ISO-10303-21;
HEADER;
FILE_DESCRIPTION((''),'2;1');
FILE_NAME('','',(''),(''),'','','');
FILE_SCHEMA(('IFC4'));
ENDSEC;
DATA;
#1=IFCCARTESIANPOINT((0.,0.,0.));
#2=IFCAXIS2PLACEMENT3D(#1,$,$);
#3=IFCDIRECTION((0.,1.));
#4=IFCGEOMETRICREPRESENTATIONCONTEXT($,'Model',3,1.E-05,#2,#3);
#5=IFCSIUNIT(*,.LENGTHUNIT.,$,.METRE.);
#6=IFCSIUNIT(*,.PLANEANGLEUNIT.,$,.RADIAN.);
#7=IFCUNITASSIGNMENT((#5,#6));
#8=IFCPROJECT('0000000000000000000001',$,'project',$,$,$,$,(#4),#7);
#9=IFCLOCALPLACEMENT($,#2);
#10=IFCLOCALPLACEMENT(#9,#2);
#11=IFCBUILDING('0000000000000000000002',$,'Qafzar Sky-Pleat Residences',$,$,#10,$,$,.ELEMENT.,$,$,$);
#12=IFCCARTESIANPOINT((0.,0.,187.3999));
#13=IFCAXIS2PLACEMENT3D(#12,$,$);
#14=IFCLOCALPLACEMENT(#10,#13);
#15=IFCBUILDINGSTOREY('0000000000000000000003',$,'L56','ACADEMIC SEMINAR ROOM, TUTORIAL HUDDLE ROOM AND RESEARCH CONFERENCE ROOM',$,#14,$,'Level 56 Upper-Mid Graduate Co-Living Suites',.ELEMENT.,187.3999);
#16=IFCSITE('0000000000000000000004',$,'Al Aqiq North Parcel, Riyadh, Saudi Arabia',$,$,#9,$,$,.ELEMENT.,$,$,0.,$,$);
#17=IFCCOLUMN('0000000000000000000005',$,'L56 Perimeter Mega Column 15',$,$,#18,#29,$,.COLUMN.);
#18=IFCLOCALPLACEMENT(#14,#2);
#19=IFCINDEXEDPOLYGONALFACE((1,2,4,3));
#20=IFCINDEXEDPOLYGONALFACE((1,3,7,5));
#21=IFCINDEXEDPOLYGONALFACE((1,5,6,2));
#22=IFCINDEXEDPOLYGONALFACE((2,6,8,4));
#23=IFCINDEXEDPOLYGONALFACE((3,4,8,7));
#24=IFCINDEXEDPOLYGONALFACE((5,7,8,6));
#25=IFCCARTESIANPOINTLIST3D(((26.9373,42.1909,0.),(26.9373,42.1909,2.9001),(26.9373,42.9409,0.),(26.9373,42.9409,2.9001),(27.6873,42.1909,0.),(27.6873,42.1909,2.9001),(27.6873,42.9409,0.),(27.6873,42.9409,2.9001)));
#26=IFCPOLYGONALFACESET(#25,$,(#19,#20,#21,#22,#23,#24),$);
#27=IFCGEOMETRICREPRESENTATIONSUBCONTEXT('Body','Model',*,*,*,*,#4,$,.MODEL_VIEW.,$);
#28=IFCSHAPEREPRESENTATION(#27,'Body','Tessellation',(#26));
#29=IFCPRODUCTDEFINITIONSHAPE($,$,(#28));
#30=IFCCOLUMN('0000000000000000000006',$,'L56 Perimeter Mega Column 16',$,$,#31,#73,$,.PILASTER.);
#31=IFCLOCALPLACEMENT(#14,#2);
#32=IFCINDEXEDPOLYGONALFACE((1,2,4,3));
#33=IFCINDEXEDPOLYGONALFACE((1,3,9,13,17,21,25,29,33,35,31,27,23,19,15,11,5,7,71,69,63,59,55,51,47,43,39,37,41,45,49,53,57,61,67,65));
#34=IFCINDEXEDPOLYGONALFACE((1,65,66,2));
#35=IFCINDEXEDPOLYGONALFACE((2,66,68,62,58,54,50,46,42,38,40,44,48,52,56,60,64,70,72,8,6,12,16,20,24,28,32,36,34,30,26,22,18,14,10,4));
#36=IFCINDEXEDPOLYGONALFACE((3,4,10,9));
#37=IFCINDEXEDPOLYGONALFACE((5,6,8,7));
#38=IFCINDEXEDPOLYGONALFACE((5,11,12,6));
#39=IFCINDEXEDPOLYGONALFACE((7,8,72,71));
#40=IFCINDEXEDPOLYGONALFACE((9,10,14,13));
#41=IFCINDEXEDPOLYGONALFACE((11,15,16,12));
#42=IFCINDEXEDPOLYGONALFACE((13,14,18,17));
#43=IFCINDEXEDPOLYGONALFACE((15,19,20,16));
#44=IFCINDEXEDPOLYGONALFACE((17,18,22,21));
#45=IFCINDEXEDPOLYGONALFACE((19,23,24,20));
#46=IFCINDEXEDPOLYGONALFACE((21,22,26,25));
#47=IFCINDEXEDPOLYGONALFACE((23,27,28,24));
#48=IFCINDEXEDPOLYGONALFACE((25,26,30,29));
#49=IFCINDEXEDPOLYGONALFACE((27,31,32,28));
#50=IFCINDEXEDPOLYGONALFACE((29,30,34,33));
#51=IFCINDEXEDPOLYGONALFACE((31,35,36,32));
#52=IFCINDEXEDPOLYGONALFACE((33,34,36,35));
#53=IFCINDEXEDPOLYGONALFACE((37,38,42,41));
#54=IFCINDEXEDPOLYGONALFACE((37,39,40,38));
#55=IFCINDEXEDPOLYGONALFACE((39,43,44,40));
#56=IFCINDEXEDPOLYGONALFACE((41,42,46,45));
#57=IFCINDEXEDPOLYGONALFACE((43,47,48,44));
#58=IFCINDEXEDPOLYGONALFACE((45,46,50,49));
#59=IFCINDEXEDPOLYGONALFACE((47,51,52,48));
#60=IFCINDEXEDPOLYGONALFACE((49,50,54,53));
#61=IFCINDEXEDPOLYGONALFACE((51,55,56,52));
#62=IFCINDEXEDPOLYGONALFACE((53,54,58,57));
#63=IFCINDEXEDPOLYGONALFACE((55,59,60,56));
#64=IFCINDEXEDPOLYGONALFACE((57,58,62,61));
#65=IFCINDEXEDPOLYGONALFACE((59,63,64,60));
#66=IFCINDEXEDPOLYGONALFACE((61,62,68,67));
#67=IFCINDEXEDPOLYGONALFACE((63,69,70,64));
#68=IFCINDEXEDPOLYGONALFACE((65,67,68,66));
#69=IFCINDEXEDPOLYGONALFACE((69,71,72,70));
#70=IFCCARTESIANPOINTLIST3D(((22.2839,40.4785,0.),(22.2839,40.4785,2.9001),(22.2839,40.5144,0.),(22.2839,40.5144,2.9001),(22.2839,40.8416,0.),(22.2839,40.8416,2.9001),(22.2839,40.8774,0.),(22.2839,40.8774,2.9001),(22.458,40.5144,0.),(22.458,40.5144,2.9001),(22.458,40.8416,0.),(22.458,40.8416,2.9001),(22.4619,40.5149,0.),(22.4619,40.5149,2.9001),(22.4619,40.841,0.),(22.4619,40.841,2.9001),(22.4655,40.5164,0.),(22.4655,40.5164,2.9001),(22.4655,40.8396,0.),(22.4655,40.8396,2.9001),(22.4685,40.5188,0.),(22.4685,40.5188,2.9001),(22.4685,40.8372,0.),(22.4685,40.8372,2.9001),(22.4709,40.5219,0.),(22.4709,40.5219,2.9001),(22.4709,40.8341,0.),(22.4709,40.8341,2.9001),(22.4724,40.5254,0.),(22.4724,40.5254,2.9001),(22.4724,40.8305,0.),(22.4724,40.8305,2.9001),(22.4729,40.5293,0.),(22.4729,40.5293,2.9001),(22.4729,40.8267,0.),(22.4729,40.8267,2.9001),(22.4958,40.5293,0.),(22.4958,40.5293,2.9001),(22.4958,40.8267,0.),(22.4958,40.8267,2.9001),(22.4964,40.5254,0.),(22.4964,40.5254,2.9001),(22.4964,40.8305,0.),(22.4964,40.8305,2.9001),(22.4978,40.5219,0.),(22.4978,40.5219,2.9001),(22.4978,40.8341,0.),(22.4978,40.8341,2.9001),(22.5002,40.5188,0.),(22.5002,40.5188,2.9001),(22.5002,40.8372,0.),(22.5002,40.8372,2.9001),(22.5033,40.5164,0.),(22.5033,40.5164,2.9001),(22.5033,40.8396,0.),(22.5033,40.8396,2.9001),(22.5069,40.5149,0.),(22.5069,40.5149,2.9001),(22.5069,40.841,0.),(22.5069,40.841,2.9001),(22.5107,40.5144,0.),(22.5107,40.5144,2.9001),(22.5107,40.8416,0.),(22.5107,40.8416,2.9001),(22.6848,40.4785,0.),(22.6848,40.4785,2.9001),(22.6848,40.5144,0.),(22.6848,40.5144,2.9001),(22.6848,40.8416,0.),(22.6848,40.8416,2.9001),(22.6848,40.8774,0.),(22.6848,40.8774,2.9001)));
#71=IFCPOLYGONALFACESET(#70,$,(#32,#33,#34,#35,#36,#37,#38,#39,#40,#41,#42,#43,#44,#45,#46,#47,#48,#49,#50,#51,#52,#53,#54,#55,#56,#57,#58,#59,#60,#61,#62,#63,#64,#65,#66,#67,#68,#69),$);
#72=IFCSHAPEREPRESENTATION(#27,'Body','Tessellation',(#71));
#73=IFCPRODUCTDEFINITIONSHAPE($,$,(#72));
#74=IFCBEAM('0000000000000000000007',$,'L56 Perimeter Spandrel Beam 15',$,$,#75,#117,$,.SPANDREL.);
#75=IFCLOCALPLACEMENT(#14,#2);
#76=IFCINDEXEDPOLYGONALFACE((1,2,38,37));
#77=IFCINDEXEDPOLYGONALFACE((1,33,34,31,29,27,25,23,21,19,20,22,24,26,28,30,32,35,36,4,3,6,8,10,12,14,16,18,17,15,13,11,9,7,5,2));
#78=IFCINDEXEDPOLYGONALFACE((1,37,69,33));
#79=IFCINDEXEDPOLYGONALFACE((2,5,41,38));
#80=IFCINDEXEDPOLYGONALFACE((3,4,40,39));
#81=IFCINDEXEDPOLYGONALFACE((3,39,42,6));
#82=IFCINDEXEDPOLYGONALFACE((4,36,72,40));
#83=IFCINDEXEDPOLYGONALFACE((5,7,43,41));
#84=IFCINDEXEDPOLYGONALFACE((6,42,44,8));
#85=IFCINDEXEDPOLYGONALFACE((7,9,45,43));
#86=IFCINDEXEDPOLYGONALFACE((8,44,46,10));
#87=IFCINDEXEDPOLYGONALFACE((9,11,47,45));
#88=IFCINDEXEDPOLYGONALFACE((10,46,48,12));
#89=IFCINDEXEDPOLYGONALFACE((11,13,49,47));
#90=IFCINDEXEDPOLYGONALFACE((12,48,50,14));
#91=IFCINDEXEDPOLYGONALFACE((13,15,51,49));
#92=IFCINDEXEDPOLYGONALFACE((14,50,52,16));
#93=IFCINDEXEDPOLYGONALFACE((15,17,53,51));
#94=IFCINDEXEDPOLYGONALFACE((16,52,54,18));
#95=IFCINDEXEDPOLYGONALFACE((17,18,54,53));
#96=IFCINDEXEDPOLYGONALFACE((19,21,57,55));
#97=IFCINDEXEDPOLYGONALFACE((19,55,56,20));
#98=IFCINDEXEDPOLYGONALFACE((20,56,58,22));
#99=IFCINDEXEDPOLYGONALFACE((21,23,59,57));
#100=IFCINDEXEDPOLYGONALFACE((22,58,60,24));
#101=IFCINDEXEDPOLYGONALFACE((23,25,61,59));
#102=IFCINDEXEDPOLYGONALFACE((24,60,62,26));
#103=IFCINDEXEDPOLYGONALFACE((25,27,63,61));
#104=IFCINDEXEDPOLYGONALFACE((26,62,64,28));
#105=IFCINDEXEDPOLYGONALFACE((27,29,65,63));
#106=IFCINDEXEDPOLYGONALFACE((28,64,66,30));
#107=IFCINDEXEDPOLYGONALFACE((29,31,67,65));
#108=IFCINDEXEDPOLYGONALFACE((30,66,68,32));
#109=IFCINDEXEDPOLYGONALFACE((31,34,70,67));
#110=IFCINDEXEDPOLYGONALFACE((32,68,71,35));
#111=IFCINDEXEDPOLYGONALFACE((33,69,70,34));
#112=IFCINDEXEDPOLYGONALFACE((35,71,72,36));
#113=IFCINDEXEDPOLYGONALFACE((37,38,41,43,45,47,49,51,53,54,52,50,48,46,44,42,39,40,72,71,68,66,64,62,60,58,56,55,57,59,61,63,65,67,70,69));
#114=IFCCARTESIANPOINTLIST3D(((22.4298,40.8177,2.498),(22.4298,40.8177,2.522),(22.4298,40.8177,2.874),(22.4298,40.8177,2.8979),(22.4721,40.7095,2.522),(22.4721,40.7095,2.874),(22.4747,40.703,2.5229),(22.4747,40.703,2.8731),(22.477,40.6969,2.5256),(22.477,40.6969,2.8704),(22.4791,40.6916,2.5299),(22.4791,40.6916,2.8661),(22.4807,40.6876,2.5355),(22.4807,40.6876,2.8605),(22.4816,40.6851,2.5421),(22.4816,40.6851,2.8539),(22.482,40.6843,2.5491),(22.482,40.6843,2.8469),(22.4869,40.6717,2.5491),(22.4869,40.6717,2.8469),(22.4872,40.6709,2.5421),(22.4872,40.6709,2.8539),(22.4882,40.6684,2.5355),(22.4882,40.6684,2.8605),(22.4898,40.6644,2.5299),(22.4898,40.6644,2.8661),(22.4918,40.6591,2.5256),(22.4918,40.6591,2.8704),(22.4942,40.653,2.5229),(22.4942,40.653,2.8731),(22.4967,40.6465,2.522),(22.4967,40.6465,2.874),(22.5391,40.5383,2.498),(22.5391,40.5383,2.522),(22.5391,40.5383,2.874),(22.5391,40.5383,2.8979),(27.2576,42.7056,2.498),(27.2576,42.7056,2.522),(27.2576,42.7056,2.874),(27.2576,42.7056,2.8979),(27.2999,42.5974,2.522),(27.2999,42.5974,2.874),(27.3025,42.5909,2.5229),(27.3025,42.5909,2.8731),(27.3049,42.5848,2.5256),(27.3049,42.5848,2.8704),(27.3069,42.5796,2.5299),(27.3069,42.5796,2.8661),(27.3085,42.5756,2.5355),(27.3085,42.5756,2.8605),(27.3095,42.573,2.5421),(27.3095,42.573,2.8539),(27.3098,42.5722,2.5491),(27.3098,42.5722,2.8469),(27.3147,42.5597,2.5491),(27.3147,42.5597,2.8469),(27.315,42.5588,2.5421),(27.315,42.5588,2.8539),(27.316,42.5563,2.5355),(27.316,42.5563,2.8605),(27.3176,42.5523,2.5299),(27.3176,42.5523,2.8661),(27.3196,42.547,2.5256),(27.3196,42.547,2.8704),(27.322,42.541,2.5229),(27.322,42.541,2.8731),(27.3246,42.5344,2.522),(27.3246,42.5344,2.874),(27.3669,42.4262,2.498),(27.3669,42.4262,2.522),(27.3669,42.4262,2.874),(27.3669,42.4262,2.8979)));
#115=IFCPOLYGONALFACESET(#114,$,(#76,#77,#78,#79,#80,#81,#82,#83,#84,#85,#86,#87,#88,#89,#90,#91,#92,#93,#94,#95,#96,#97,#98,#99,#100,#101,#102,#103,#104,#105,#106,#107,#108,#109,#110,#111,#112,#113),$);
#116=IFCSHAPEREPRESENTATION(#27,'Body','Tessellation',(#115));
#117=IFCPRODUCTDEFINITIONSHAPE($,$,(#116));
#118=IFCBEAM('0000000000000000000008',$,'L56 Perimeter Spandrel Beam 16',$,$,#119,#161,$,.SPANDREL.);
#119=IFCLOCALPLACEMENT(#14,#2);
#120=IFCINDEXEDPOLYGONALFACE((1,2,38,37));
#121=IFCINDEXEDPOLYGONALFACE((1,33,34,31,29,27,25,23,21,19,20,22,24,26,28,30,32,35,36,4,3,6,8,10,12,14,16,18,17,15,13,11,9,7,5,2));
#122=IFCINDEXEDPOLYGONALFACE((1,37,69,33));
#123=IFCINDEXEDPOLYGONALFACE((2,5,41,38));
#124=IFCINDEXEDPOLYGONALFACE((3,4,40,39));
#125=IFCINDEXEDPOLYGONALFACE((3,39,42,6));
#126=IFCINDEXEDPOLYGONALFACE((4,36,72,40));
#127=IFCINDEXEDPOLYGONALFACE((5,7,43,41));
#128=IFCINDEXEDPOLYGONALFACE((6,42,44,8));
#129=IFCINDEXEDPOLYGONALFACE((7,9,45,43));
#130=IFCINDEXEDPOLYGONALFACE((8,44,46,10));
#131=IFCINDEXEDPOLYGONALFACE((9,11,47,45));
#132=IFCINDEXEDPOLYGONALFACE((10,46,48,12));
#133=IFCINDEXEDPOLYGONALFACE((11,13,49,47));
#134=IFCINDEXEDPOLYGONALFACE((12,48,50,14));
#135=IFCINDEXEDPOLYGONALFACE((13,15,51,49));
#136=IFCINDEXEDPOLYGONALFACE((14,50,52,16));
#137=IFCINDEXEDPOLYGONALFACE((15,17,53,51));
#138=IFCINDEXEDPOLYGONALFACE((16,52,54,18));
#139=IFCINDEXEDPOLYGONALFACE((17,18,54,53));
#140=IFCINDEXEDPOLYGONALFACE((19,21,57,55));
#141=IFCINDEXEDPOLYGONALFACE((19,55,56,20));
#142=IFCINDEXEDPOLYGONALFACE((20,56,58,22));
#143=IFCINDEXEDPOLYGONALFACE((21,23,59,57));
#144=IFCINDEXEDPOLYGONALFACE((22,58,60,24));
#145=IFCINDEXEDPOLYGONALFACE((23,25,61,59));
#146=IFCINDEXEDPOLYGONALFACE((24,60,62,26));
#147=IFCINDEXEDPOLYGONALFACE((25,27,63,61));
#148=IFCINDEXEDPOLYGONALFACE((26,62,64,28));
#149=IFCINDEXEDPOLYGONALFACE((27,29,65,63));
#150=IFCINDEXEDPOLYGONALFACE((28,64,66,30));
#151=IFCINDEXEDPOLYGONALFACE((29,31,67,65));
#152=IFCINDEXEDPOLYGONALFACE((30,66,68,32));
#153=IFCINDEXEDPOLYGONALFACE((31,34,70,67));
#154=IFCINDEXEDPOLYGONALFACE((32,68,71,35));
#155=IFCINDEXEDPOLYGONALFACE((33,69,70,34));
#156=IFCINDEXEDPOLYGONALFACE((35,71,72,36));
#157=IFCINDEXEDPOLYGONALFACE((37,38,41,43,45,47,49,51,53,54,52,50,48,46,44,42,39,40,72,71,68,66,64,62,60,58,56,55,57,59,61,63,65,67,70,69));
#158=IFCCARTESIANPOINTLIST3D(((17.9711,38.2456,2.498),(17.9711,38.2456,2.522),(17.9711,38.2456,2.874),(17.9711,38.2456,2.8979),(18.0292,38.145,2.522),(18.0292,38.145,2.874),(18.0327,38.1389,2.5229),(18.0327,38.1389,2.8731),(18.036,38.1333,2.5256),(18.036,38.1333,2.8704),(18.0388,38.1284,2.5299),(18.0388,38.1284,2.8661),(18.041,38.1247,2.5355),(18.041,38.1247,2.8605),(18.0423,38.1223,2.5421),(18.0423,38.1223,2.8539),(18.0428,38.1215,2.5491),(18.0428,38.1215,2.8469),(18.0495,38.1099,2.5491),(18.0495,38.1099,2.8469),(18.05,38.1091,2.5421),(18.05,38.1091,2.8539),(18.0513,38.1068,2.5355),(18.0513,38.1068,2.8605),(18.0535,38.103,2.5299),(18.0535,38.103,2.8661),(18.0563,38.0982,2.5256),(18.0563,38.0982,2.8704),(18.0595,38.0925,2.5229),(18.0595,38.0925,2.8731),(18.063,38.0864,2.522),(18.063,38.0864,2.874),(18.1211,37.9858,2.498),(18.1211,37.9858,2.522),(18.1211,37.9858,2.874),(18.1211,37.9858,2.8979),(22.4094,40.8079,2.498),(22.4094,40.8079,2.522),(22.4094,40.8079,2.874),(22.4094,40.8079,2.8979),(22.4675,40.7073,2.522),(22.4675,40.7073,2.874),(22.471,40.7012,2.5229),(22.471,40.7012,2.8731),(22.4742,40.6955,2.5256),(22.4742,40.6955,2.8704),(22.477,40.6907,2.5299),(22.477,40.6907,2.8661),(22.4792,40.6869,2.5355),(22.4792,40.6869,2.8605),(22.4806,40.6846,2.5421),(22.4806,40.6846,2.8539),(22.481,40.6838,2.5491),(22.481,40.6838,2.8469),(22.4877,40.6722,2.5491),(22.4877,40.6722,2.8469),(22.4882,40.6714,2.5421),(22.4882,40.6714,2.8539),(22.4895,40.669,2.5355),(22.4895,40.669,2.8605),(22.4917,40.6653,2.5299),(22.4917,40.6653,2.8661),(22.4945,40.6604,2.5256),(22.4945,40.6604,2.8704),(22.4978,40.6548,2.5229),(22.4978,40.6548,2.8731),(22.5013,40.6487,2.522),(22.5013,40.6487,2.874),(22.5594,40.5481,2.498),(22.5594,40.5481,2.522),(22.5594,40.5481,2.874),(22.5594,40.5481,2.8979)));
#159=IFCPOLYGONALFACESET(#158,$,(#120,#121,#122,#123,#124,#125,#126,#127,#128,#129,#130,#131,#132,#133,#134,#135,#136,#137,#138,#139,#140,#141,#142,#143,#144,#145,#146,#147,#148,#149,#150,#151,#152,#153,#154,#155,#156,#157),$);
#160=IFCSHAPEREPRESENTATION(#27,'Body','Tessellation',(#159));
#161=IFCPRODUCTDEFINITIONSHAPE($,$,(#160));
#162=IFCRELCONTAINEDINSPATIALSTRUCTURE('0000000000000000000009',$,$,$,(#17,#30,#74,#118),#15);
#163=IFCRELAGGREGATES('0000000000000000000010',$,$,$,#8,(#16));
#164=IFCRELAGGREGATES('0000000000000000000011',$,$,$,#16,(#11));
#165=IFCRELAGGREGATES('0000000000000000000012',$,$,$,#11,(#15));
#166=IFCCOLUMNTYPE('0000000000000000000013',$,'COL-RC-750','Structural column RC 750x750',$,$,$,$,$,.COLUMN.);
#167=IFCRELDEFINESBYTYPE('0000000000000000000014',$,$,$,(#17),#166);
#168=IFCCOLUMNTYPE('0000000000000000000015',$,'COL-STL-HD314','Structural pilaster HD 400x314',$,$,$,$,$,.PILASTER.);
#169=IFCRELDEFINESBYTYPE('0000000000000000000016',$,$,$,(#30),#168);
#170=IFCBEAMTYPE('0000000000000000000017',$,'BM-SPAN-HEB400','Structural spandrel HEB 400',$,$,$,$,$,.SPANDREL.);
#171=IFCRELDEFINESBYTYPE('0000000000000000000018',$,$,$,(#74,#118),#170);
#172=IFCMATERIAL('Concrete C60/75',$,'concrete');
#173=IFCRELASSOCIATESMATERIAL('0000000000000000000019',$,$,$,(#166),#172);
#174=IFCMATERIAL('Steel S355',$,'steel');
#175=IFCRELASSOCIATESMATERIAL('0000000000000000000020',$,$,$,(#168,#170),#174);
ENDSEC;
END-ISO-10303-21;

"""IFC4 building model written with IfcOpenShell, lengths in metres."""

from ifc_helpers import new_model, si_unit, direction, frame, origin, origin_2d, place, context, subcontext, project, spatial, rectangle, i_section, extrude, source, transform, mapped, material, material_profile, profile_set, type_object, element, save


model = new_model("IFC4")

# Units and contexts
model_context = context("Model", 3, precision=1e-05, world=origin(), true_north=direction((0.0, 1.0)))
body_context = subcontext(model_context, "Body", "Model", "MODEL_VIEW")
ifc_project = project(units=[si_unit("LENGTHUNIT", "METRE"), si_unit("PLANEANGLEUNIT", "RADIAN")], contexts=[model_context])

# Site, building, storey
site_placement = place(None, origin())
site = spatial("IfcSite", under=ifc_project, at=site_placement, Name="Al Aqiq North Parcel, Riyadh, Saudi Arabia", CompositionType="ELEMENT", RefElevation=0.0)
building_placement = place(site_placement, origin())
building = spatial("IfcBuilding", under=site, at=building_placement, Name="Qafzar Sky-Pleat Residences", CompositionType="ELEMENT")
storey_placement = place(building_placement, frame((0.0, 0.0, 187.3999)))
storey = spatial("IfcBuildingStorey", under=building, at=storey_placement, Name="L56", Description="ACADEMIC SEMINAR ROOM, TUTORIAL HUDDLE ROOM AND RESEARCH CONFERENCE ROOM", LongName="Level 56 Upper-Mid Graduate Co-Living Suites", CompositionType="ELEMENT", Elevation=187.3999)

# Columns
ifc_material_1 = material(Name="Concrete C60/75", Category="concrete")
ifc_material_profile_1 = material_profile(ifc_material_1, rectangle(XDim=0.75, YDim=0.75, at=origin_2d()), Name="RC 750x750")
ifc_profile_set_1 = profile_set([ifc_material_profile_1], Name="Concrete C60/75")
column_type_1 = type_object("IfcColumnType", Name="COL-RC-750", Description="Structural column RC 750x750", PredefinedType="COLUMN", material=ifc_profile_set_1)
shared_shape_1 = source(origin(), body_context, "Body", "SweptSolid", [
    extrude(rectangle(XDim=0.75, YDim=0.75, at=origin_2d()), origin(), (0.0, 0.0, 1.0), 2.9001),
])
column_1_placement = place(storey_placement, frame((27.3123, 42.5659, 0.0), z_axis=(0.0, 0.0, 1.0), x_axis=(1.0, 0.0, 0.0)))
element("IfcColumn", 1, at=column_1_placement, inside=storey, type_object=column_type_1, Name="L56 Perimeter Mega Column 15", PredefinedType="COLUMN", context=body_context, shape_type="MappedRepresentation", body=[
    mapped(shared_shape_1, transform((0.0, 0.0, 0.0), x_axis=(1.0, 0.0, 0.0), y_axis=(0.0, 1.0, 0.0), z_axis=(0.0, 0.0, 1.0), scale=1.0)),
])
ifc_material_2 = material(Name="Steel S355", Category="steel")
ifc_material_profile_2 = material_profile(ifc_material_2, i_section(OverallWidth=0.4009, OverallDepth=0.3989, WebThickness=0.0229, FlangeThickness=0.0359, FilletRadius=0.0149, at=origin_2d()), Name="HD 400x314")
ifc_profile_set_2 = profile_set([ifc_material_profile_2], Name="Steel S355")
column_type_2 = type_object("IfcColumnType", Name="COL-STL-HD314", Description="Structural pilaster HD 400x314", PredefinedType="PILASTER", material=ifc_profile_set_2)
shared_shape_2 = source(origin(), body_context, "Body", "SweptSolid", [
    extrude(i_section(OverallWidth=0.4009, OverallDepth=0.3989, WebThickness=0.0229, FlangeThickness=0.0359, FilletRadius=0.0149, at=origin_2d()), origin(), (0.0, 0.0, 1.0), 2.9001),
])
column_2_placement = place(storey_placement, frame((22.4844, 40.678, 0.0), z_axis=(0.0, 0.0, 1.0), x_axis=(1.0, 0.0, 0.0)))
element("IfcColumn", 2, at=column_2_placement, inside=storey, type_object=column_type_2, Name="L56 Perimeter Mega Column 16", PredefinedType="PILASTER", context=body_context, shape_type="MappedRepresentation", body=[
    mapped(shared_shape_2, transform((0.0, 0.0, 0.0), x_axis=(1.0, 0.0, 0.0), y_axis=(0.0, 1.0, 0.0), z_axis=(0.0, 0.0, 1.0), scale=1.0)),
])

# Beams
ifc_material_profile_3 = material_profile(ifc_material_2, i_section(OverallWidth=0.3, OverallDepth=0.3999, WebThickness=0.0134, FlangeThickness=0.0239, FilletRadius=0.0271, at=origin_2d()), Name="HEB 400")
ifc_profile_set_3 = profile_set([ifc_material_profile_3], Name="Steel S355")
beam_type_1 = type_object("IfcBeamType", Name="BM-SPAN-HEB400", Description="Structural spandrel HEB 400", PredefinedType="SPANDREL", material=ifc_profile_set_3)
shared_shape_3 = source(origin(), body_context, "Body", "SweptSolid", [
    extrude(i_section(OverallWidth=0.3, OverallDepth=0.3999, WebThickness=0.0134, FlangeThickness=0.0239, FilletRadius=0.0271, at=origin_2d()), origin(), (0.0, 0.0, 1.0), 5.1838),
])
beam_1_placement = place(storey_placement, frame((27.3123, 42.5659, 2.698), z_axis=(-0.931323, -0.364193, 0.0), x_axis=(0.364193, -0.931323, 0.0)))
element("IfcBeam", 3, at=beam_1_placement, inside=storey, type_object=beam_type_1, Name="L56 Perimeter Spandrel Beam 15", PredefinedType="SPANDREL", context=body_context, shape_type="MappedRepresentation", body=[
    mapped(shared_shape_3, transform((0.0, 0.0, 0.0), x_axis=(1.0, 0.0, 0.0), y_axis=(0.0, 1.0, 0.0), z_axis=(0.0, 0.0, 1.0), scale=1.0)),
])
shared_shape_4 = source(origin(), body_context, "Body", "SweptSolid", [
    extrude(i_section(OverallWidth=0.3, OverallDepth=0.3999, WebThickness=0.0134, FlangeThickness=0.0239, FilletRadius=0.0271, at=origin_2d()), origin(), (0.0, 0.0, 1.0), 5.1248),
])
beam_2_placement = place(storey_placement, frame((22.4844, 40.678, 2.698), z_axis=(-0.866039, -0.499977, 0.0), x_axis=(0.499977, -0.866039, 0.0)))
element("IfcBeam", 4, at=beam_2_placement, inside=storey, type_object=beam_type_1, Name="L56 Perimeter Spandrel Beam 16", PredefinedType="SPANDREL", context=body_context, shape_type="MappedRepresentation", body=[
    mapped(shared_shape_4, transform((0.0, 0.0, 0.0), x_axis=(1.0, 0.0, 0.0), y_axis=(0.0, 1.0, 0.0), z_axis=(0.0, 0.0, 1.0), scale=1.0)),
])

save(model, "model.ifc")
